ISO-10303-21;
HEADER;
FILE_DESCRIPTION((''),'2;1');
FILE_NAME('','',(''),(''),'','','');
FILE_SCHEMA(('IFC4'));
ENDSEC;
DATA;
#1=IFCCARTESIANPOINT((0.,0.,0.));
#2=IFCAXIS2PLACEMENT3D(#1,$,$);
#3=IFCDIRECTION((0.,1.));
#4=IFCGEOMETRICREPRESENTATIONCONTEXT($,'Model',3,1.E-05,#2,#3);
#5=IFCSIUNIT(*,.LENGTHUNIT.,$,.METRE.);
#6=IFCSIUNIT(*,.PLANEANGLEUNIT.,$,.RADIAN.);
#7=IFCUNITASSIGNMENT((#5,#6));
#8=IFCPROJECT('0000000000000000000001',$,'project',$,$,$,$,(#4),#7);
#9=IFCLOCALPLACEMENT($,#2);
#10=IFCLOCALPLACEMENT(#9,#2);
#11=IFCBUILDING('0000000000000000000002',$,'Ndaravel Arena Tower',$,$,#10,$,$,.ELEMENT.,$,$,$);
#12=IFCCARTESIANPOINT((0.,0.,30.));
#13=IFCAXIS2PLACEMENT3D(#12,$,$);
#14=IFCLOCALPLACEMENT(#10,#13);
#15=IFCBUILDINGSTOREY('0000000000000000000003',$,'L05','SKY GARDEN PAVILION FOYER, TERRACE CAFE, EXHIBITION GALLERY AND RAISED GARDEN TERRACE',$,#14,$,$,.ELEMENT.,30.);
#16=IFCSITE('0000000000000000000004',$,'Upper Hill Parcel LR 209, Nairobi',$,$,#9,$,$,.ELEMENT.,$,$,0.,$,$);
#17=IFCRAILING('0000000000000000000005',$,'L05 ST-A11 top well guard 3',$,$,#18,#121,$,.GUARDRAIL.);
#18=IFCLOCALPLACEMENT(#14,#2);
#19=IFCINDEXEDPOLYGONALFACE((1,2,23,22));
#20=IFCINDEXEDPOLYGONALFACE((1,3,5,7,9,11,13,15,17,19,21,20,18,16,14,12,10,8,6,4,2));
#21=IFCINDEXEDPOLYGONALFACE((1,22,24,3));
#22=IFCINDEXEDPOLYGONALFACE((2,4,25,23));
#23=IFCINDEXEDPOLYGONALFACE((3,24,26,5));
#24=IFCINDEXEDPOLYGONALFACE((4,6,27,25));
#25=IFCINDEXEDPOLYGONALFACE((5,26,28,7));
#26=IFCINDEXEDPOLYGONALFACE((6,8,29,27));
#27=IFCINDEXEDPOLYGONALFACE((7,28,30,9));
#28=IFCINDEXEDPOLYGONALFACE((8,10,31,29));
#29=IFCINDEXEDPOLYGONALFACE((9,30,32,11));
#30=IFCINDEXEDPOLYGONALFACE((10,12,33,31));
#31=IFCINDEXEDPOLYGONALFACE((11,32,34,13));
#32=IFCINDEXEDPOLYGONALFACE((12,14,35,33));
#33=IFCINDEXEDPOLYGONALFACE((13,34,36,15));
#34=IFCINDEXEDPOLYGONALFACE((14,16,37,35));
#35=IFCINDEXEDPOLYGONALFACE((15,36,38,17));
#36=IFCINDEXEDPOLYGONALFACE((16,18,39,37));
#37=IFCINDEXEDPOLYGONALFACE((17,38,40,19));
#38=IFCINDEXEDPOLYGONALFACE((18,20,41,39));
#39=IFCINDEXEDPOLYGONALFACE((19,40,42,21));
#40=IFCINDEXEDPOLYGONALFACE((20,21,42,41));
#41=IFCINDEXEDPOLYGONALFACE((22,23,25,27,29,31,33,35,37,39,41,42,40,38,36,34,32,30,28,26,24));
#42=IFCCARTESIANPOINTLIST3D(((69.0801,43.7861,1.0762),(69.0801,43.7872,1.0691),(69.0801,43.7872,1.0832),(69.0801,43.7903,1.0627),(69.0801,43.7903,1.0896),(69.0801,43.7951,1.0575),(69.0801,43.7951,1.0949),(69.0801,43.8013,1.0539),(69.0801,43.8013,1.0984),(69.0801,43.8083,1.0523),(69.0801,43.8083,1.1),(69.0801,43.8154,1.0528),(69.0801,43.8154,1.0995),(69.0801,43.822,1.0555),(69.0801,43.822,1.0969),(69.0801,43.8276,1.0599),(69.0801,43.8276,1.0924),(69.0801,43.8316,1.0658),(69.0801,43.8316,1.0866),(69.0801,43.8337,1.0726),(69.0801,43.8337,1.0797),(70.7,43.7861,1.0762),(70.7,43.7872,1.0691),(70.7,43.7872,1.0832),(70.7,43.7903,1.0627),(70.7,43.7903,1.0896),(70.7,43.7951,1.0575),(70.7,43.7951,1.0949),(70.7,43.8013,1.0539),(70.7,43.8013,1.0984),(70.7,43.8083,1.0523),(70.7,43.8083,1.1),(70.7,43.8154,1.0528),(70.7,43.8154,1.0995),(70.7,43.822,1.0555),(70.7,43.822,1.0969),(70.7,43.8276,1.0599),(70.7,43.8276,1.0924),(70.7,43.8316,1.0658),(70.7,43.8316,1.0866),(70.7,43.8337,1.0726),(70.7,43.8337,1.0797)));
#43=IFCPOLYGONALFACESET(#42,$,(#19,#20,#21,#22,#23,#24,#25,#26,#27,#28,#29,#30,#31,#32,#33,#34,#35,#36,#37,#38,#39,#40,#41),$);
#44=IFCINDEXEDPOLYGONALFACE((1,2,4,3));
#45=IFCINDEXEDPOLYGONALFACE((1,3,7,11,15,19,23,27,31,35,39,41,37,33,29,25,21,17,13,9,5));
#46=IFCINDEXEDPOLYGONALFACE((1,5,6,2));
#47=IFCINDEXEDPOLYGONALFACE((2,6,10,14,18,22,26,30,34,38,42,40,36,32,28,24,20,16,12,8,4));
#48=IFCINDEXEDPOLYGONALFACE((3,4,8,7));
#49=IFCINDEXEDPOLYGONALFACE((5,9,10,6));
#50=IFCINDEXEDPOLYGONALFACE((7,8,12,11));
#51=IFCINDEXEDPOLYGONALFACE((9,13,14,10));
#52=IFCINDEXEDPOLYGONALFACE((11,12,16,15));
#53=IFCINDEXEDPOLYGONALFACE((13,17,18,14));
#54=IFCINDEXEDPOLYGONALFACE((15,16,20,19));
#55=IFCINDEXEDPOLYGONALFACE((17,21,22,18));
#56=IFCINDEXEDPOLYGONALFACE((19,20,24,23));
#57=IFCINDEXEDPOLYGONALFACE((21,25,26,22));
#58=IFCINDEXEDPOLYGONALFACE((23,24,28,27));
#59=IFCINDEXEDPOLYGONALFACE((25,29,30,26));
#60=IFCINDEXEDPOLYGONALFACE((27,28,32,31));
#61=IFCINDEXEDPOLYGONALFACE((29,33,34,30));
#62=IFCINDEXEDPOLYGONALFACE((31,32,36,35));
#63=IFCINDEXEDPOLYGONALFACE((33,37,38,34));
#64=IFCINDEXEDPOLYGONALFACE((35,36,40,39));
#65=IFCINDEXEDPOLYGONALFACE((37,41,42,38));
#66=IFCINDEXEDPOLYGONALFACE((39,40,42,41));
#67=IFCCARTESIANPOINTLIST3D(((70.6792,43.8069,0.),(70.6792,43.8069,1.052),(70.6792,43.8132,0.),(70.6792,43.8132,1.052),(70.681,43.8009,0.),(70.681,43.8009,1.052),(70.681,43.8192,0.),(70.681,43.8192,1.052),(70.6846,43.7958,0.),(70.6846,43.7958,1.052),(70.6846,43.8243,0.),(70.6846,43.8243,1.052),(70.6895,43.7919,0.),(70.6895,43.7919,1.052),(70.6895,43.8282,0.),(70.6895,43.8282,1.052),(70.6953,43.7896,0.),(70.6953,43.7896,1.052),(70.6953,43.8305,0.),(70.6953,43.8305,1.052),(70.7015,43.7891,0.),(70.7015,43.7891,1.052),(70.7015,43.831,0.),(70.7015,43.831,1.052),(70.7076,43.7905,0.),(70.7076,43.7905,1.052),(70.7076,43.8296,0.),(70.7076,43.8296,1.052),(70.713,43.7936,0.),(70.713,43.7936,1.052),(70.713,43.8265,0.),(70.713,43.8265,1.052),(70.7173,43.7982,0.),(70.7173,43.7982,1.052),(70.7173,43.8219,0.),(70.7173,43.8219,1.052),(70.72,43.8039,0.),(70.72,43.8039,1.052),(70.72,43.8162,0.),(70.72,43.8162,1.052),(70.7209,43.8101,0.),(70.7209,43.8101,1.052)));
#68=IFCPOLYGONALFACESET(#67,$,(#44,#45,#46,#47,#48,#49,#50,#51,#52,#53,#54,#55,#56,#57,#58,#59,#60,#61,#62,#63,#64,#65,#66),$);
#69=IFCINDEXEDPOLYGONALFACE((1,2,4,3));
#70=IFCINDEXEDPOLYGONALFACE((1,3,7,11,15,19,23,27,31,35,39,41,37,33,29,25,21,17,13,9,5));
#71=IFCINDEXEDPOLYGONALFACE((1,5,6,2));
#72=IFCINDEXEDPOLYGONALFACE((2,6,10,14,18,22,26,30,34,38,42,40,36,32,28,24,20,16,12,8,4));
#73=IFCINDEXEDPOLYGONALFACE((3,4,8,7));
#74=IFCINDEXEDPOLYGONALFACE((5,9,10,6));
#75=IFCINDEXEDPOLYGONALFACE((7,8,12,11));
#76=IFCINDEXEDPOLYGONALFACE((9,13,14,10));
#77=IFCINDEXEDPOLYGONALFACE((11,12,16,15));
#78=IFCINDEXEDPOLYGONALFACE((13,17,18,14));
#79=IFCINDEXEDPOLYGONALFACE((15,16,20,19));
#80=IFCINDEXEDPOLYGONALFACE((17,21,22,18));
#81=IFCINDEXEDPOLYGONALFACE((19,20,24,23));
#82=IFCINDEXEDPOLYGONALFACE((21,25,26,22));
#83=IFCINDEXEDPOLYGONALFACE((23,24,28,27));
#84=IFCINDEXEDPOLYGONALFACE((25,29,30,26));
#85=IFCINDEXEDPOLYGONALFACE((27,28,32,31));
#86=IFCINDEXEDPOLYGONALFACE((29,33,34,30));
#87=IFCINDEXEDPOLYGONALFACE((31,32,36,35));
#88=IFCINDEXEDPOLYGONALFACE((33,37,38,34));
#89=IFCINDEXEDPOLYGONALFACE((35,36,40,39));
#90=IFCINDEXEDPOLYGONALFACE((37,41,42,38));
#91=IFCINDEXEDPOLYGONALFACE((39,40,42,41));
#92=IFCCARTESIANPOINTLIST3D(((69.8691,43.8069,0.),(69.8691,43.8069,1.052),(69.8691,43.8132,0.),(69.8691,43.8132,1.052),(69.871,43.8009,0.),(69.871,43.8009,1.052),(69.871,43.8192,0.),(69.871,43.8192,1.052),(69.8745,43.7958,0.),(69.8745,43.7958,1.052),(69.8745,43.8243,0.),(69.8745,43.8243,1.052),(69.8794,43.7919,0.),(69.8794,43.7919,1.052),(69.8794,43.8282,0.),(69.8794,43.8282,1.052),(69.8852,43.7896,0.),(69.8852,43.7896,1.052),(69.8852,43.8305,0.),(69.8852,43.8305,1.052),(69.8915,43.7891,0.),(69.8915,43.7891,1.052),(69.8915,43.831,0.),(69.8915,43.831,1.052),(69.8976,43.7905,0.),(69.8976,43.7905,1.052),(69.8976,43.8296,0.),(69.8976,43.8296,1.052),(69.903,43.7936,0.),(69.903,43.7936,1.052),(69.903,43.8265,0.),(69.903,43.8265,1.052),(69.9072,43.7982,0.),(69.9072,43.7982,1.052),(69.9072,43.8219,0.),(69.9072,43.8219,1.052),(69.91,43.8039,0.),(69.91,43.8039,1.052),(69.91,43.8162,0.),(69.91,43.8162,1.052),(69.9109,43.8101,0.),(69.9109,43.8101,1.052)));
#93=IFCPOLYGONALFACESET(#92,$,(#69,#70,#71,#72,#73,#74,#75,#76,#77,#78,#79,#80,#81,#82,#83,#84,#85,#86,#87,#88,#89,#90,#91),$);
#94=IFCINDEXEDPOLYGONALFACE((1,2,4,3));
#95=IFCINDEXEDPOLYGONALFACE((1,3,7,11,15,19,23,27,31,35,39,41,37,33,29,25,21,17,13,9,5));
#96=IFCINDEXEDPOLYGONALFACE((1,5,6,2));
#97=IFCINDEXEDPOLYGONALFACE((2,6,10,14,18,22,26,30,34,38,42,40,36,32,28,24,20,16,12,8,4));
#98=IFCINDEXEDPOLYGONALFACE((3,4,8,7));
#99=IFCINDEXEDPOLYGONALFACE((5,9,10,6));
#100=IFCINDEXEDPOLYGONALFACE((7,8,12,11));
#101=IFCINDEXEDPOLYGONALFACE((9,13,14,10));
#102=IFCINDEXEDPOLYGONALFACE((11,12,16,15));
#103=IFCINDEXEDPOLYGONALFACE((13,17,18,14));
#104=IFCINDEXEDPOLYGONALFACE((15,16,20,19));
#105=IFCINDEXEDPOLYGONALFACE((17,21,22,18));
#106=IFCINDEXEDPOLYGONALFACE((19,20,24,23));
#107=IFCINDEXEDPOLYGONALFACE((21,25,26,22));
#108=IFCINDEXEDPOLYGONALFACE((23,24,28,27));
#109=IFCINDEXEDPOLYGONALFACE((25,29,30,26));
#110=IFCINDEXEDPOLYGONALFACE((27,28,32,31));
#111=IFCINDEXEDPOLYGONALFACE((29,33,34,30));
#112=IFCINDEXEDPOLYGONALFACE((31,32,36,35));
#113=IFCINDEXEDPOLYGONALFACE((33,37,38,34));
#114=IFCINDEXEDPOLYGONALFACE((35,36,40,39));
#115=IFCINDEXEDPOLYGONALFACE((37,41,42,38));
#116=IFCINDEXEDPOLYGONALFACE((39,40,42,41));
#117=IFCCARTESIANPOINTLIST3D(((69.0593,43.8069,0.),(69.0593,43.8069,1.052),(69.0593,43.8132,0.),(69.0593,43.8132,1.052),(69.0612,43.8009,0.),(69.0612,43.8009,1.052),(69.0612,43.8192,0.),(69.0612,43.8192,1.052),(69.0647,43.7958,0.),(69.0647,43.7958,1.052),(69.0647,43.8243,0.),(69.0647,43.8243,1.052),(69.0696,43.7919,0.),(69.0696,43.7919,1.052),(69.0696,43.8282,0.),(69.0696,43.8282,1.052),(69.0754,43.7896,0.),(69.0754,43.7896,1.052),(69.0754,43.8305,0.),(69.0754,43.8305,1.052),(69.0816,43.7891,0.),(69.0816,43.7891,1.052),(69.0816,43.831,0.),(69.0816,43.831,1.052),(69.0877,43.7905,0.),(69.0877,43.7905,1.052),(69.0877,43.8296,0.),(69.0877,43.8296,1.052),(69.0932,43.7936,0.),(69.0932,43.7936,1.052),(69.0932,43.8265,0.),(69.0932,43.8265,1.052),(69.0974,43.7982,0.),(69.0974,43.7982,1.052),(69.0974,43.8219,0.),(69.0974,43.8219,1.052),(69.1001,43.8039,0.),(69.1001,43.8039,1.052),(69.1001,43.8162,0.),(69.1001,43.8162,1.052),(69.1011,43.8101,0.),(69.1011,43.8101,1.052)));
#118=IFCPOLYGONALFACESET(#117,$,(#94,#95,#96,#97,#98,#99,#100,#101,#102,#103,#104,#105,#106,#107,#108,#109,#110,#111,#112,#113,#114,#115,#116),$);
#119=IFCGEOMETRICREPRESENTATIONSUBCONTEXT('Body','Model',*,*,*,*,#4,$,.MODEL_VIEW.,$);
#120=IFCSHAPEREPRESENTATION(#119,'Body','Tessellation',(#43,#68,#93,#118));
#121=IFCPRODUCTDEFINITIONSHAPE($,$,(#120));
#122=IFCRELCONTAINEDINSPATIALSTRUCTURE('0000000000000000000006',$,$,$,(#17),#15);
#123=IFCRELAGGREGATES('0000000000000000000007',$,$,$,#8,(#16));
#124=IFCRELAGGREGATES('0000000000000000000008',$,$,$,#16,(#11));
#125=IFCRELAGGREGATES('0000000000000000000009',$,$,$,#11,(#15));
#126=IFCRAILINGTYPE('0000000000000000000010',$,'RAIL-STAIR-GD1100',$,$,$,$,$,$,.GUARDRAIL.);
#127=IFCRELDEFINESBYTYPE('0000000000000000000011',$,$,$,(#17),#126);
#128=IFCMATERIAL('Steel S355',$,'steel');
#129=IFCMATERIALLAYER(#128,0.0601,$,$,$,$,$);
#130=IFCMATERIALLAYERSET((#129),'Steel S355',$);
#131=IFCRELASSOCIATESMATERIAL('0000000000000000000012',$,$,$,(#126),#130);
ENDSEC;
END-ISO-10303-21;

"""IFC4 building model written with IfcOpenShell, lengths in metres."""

from ifc_helpers import new_model, si_unit, direction, frame, origin, origin_2d, place, context, subcontext, project, spatial, circle, extrude, material, layer, layer_set, type_object, element, save


model = new_model("IFC4")

# Units and contexts
model_context = context("Model", 3, precision=1e-05, world=origin(), true_north=direction((0.0, 1.0)))
body_context = subcontext(model_context, "Body", "Model", "MODEL_VIEW")
ifc_project = project(units=[si_unit("LENGTHUNIT", "METRE"), si_unit("PLANEANGLEUNIT", "RADIAN")], contexts=[model_context])

# Site, building, storey
site_placement = place(None, origin())
site = spatial("IfcSite", under=ifc_project, at=site_placement, Name="Upper Hill Parcel LR 209, Nairobi", CompositionType="ELEMENT", RefElevation=0.0)
building_placement = place(site_placement, origin())
building = spatial("IfcBuilding", under=site, at=building_placement, Name="Ndaravel Arena Tower", CompositionType="ELEMENT")
storey_placement = place(building_placement, frame((0.0, 0.0, 30.0)))
storey = spatial("IfcBuildingStorey", under=building, at=storey_placement, Name="L05", Description="SKY GARDEN PAVILION FOYER, TERRACE CAFE, EXHIBITION GALLERY AND RAISED GARDEN TERRACE", CompositionType="ELEMENT", Elevation=30.0)

# Railing
ifc_material_1 = material(Name="Steel S355", Category="steel")
ifc_layer_1 = layer(ifc_material_1, 0.0601)
ifc_layer_set_1 = layer_set([ifc_layer_1], Name="Steel S355")
railing_type_1 = type_object("IfcRailingType", Name="RAIL-STAIR-GD1100", PredefinedType="GUARDRAIL", material=ifc_layer_set_1)
for number, where, name in (
    (1, (70.7, 43.8101, 0.0), "L05 ST-A11 top well guard 3"),
):
    element("IfcRailing", number, at=place(storey_placement, frame(where)), inside=storey, type_object=railing_type_1, Name=name, PredefinedType="GUARDRAIL", context=body_context, shape_type="SweptSolid", body=[
        extrude(circle(Radius=0.0239, at=origin_2d()), frame((0.0, 0.0, 1.0762), z_axis=(-1.0, 0.0, 0.0), x_axis=(0.0, -1.0, 0.0)), (0.0, 0.0, 1.0), 1.6199),
        extrude(circle(Radius=0.021, at=origin_2d()), origin(), (0.0, 0.0, 1.0), 1.052),
        extrude(circle(Radius=0.021, at=origin_2d()), frame((-0.8101, 0.0, 0.0)), (0.0, 0.0, 1.0), 1.052),
        extrude(circle(Radius=0.021, at=origin_2d()), frame((-1.6199, 0.0, 0.0)), (0.0, 0.0, 1.0), 1.052),
    ])

save(model, "model.ifc")
